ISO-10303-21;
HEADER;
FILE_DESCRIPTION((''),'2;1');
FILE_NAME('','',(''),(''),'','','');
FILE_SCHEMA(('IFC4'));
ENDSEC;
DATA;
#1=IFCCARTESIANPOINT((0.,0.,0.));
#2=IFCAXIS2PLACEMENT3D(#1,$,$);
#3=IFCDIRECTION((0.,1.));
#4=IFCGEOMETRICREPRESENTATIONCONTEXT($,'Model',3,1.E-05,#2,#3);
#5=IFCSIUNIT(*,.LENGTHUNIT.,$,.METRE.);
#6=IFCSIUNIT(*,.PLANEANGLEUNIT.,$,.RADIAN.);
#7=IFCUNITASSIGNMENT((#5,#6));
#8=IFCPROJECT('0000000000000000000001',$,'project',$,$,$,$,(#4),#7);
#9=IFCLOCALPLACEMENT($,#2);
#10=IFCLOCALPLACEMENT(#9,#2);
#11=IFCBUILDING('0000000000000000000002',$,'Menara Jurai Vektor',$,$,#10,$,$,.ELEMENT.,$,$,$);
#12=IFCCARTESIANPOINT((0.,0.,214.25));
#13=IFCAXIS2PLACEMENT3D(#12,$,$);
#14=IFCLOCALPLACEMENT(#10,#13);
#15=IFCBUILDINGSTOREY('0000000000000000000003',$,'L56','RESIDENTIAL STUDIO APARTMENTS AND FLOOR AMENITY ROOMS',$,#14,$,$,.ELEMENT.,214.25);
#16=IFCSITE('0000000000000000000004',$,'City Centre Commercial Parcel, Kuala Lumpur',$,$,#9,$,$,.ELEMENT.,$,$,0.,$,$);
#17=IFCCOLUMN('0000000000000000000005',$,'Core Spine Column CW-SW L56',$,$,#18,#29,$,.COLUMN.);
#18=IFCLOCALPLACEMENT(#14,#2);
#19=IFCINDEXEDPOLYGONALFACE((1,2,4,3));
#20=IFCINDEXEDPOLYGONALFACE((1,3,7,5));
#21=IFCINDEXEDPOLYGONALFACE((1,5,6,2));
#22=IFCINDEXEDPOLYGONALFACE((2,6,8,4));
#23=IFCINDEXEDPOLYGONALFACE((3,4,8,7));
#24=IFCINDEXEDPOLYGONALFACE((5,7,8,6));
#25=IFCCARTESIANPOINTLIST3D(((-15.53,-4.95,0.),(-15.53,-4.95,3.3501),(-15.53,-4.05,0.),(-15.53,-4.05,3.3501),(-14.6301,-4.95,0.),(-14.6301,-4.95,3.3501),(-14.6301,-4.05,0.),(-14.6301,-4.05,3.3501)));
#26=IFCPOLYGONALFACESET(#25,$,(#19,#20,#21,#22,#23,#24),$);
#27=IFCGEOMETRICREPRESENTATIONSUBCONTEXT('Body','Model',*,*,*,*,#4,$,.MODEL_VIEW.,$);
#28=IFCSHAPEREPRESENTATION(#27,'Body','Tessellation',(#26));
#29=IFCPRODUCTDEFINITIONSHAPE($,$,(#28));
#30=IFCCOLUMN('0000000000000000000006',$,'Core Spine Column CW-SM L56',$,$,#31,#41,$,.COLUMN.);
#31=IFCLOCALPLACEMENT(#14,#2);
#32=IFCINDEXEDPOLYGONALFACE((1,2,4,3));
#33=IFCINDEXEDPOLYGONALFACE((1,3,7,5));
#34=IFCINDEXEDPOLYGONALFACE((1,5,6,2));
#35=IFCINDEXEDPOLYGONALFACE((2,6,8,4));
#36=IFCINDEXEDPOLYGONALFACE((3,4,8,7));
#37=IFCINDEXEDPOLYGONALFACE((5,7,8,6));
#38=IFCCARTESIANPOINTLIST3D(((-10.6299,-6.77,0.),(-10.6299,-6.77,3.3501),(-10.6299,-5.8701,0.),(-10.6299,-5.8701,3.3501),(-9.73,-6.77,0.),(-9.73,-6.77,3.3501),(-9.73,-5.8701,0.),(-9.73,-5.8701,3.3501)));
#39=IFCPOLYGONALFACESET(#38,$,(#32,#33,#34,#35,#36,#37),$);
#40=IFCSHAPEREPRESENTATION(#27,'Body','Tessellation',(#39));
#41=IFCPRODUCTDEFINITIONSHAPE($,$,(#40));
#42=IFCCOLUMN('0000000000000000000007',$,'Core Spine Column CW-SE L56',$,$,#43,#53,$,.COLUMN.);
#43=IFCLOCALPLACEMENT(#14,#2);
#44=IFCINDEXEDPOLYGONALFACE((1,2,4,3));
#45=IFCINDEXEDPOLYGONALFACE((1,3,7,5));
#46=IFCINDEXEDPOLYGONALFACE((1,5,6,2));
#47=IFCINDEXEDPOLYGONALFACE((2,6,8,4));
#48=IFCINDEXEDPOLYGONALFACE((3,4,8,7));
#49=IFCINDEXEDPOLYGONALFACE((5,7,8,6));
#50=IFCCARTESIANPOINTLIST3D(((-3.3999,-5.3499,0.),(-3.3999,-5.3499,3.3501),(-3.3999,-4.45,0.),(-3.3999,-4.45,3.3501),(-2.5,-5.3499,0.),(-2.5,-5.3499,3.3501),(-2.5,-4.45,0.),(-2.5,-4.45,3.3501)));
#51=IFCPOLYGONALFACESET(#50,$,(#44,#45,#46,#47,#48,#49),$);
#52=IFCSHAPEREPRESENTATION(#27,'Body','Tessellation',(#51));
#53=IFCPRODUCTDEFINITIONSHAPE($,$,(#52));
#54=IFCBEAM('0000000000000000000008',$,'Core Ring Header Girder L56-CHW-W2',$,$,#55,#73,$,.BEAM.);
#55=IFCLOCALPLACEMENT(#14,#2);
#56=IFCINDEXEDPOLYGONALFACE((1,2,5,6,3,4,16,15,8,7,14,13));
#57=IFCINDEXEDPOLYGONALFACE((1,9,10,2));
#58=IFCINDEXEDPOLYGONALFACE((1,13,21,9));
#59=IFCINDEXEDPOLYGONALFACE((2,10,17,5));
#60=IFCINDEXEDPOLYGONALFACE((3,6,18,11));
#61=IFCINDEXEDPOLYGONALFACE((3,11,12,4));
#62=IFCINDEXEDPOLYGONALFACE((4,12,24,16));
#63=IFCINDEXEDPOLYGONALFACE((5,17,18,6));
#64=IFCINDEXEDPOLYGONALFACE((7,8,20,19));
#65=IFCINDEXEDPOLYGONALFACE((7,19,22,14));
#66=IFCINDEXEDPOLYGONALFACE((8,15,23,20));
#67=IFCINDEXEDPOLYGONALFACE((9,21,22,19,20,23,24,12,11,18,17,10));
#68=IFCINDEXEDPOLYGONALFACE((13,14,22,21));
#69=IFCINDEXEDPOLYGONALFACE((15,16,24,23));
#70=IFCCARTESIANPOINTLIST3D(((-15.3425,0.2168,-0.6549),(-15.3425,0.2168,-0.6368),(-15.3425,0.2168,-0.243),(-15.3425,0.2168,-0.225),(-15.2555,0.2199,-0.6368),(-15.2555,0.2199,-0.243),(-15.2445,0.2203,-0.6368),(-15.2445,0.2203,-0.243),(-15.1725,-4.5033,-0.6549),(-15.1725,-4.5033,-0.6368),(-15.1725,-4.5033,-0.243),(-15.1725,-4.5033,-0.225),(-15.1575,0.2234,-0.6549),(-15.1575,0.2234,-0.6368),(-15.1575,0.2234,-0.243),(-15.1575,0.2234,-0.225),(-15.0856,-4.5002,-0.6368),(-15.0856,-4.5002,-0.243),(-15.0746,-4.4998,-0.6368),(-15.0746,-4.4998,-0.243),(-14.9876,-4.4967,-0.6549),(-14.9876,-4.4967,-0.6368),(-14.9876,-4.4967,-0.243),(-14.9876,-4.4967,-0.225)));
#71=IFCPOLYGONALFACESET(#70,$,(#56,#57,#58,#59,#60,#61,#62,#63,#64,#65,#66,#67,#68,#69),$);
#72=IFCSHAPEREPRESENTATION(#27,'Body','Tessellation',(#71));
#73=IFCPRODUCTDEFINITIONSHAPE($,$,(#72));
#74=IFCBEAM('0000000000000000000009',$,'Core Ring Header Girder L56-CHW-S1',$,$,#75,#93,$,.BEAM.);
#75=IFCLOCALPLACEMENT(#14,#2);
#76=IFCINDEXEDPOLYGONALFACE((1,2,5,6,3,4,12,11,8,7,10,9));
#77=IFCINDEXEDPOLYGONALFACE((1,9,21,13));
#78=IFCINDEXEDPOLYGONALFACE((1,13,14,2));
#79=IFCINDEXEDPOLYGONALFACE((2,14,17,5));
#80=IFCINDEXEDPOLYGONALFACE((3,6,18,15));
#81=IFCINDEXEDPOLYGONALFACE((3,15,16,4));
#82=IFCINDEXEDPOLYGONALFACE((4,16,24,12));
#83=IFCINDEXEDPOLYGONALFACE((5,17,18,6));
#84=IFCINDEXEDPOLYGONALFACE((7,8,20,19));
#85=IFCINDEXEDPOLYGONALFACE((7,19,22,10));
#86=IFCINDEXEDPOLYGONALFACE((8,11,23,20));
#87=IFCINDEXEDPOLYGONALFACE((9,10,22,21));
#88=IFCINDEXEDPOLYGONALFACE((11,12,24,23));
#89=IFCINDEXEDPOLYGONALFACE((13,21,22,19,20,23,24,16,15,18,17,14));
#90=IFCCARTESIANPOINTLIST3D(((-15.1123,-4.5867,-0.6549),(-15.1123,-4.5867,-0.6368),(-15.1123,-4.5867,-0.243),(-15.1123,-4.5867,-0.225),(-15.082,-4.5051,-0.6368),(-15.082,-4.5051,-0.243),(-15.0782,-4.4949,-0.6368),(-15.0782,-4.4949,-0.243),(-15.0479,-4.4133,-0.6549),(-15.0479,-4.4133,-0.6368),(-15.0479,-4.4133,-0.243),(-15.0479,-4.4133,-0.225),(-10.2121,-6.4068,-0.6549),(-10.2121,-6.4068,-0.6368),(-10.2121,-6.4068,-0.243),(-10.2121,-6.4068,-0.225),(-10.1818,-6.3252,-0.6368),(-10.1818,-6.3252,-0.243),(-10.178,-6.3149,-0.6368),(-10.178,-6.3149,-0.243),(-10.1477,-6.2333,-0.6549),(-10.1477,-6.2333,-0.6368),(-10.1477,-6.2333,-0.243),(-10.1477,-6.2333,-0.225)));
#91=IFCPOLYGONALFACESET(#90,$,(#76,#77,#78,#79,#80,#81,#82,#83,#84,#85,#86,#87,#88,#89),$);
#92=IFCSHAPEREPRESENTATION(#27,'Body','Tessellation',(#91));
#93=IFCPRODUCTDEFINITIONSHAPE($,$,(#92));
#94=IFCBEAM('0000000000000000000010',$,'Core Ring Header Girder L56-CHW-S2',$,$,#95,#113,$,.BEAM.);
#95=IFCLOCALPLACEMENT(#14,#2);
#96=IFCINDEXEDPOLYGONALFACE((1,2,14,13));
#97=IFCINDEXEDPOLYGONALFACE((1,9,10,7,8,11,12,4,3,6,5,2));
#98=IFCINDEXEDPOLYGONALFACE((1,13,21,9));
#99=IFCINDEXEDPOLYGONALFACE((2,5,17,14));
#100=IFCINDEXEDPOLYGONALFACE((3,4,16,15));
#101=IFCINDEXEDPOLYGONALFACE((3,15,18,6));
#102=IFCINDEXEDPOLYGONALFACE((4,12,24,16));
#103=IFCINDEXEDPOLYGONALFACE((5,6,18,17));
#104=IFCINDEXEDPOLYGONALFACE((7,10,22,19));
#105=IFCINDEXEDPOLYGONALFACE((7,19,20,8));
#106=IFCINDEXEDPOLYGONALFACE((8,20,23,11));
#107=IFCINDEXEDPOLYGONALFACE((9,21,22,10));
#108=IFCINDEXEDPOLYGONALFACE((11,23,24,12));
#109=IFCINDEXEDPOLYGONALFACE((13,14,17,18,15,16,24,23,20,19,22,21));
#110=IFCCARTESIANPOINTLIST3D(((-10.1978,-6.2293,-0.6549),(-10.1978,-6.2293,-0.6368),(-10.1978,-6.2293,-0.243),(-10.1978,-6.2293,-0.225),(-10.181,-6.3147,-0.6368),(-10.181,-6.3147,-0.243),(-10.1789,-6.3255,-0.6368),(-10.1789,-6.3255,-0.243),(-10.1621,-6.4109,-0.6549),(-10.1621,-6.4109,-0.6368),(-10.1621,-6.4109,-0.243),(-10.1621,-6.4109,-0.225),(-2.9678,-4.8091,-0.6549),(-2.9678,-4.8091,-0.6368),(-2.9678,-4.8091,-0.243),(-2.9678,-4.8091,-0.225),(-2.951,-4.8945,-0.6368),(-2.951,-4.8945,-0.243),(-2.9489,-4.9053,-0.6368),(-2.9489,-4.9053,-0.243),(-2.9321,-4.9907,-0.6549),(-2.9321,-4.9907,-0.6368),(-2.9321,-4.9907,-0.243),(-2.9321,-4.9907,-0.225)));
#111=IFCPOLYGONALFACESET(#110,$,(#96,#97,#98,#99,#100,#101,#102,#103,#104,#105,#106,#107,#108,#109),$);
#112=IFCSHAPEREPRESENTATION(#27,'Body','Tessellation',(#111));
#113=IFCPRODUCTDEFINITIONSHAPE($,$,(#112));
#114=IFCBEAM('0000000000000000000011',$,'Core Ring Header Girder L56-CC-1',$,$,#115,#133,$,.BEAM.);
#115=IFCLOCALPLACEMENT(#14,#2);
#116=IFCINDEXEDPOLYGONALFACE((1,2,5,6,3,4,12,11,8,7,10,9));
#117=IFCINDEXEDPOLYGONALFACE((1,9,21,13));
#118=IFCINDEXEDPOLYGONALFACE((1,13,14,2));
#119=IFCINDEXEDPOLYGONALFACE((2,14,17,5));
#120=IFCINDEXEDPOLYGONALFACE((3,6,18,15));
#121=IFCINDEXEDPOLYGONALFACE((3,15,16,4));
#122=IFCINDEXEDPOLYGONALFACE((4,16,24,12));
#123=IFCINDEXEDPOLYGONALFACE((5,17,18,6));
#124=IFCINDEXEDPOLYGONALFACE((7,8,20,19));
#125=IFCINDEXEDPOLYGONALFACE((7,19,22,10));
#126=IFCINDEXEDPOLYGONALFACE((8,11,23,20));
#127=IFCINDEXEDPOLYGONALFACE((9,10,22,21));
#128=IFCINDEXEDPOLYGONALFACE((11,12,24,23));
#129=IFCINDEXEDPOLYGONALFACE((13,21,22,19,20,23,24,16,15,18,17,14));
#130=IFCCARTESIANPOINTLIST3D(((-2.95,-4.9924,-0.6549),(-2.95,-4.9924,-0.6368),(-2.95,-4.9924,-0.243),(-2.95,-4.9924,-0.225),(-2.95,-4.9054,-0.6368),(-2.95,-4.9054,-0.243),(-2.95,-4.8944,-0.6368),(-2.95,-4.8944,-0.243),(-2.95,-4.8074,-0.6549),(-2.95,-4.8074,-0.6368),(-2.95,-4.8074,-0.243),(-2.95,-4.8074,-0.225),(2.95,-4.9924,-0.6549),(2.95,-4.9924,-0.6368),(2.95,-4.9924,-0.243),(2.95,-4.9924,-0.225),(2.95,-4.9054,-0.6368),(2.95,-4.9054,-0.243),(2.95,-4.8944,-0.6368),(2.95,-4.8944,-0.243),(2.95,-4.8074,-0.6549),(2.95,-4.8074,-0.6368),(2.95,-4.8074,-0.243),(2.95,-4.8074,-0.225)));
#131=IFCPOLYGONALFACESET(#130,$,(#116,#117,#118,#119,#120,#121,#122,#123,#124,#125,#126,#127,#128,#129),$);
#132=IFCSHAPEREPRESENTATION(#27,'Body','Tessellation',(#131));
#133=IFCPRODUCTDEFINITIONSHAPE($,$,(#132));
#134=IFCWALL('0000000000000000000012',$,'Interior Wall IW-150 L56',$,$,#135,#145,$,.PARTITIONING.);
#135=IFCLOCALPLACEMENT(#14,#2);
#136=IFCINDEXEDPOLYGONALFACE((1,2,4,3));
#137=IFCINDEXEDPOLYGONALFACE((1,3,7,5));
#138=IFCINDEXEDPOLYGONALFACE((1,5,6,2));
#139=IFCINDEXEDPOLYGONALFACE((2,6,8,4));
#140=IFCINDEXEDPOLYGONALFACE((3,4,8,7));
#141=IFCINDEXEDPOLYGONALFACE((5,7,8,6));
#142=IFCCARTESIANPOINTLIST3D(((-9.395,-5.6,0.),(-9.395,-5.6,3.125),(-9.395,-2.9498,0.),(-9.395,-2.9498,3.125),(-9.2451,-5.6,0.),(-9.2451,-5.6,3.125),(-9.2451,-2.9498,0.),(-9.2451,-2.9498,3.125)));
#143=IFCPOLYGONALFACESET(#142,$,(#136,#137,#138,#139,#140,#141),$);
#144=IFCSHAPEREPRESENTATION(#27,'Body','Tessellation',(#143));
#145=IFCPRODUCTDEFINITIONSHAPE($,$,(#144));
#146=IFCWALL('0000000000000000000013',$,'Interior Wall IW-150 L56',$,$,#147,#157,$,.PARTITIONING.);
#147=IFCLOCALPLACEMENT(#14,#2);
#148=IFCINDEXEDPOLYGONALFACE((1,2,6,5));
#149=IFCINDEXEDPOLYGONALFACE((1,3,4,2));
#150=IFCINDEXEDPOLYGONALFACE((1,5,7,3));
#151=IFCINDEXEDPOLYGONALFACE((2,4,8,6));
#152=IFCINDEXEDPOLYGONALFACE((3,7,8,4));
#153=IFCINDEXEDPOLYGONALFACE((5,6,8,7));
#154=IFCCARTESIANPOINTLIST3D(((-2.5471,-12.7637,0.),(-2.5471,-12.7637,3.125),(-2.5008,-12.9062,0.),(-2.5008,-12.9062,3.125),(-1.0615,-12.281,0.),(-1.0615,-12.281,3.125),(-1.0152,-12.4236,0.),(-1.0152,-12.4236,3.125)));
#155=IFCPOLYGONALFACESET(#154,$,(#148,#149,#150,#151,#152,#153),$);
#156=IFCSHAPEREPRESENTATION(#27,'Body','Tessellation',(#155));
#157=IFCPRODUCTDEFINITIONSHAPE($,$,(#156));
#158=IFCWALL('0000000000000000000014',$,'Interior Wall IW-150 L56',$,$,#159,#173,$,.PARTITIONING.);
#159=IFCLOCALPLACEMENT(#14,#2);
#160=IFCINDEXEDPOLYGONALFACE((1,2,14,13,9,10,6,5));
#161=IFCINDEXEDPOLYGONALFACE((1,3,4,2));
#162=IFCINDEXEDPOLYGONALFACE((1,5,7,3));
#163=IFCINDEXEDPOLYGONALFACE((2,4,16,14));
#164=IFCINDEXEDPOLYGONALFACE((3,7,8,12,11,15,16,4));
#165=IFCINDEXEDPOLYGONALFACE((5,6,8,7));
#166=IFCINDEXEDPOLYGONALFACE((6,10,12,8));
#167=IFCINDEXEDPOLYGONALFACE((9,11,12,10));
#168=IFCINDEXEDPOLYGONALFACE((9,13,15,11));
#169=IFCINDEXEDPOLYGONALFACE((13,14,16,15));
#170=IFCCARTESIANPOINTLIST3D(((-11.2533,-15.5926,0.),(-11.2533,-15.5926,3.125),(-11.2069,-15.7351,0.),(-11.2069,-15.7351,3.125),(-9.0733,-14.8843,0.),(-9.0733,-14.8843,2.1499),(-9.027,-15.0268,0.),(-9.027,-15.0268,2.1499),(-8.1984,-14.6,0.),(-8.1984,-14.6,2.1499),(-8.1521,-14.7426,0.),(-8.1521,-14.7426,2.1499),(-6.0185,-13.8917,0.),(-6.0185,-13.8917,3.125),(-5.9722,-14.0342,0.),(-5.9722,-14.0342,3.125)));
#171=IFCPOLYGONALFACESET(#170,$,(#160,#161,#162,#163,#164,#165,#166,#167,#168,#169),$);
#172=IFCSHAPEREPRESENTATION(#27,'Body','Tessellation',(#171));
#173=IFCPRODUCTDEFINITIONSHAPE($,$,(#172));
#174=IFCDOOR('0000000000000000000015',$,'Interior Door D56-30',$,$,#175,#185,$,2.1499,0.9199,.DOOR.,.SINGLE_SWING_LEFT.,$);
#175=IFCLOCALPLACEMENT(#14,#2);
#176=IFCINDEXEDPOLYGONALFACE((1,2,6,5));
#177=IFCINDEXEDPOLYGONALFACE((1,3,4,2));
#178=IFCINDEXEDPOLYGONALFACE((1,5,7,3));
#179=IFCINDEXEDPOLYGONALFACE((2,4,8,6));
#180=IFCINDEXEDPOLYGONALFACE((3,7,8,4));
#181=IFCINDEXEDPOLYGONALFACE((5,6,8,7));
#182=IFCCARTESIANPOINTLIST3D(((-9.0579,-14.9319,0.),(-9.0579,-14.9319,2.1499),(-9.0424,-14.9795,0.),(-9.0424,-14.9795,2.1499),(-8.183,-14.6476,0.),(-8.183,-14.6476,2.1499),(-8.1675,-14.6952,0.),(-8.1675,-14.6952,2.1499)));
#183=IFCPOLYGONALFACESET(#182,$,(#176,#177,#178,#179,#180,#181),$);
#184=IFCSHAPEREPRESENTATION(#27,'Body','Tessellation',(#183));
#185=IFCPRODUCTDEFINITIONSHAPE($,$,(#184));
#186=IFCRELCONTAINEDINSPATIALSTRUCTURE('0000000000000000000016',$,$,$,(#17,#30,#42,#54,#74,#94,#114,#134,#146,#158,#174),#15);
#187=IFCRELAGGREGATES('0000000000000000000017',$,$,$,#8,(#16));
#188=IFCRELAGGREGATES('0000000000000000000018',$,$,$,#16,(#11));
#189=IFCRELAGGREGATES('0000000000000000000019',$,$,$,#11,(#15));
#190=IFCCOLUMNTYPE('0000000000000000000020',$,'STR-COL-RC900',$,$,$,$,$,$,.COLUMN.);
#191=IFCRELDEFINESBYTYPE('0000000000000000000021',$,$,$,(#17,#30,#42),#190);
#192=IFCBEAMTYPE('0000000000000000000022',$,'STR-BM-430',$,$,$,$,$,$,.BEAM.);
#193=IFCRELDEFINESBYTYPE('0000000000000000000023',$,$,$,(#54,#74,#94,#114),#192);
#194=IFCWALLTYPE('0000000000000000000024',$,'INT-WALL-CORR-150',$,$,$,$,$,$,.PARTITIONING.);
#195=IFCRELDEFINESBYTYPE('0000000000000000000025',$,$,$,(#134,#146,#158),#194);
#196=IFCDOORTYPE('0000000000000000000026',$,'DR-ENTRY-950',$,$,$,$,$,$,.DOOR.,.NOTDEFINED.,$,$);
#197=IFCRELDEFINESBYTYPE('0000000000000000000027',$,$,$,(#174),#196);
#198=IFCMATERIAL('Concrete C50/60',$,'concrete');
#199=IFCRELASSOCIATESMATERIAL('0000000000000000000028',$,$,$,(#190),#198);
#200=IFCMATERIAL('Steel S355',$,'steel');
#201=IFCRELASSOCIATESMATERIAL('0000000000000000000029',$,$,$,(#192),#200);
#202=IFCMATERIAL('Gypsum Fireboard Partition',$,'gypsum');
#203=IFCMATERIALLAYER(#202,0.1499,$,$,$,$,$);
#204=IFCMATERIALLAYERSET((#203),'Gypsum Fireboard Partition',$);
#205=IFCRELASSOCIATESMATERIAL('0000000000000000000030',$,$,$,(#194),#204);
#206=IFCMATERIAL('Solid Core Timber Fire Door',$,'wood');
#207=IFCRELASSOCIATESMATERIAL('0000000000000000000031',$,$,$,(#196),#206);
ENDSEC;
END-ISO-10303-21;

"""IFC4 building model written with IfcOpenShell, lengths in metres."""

from ifc_helpers import new_model, si_unit, direction, frame, frame_2d, origin, origin_2d, place, context, subcontext, project, spatial, rectangle, i_section, extrude, material, layer, layer_set, material_profile, profile_set, type_object, element, fill, save


model = new_model("IFC4")

# Units and contexts
model_context = context("Model", 3, precision=1e-05, world=origin(), true_north=direction((0.0, 1.0)))
body_context = subcontext(model_context, "Body", "Model", "MODEL_VIEW")
ifc_project = project(units=[si_unit("LENGTHUNIT", "METRE"), si_unit("PLANEANGLEUNIT", "RADIAN")], contexts=[model_context])

# Site, building, storey
site_placement = place(None, origin())
site = spatial("IfcSite", under=ifc_project, at=site_placement, Name="City Centre Commercial Parcel, Kuala Lumpur", CompositionType="ELEMENT", RefElevation=0.0)
building_placement = place(site_placement, origin())
building = spatial("IfcBuilding", under=site, at=building_placement, Name="Menara Jurai Vektor", CompositionType="ELEMENT")
storey_placement = place(building_placement, frame((0.0, 0.0, 214.25)))
storey = spatial("IfcBuildingStorey", under=building, at=storey_placement, Name="L56", Description="RESIDENTIAL STUDIO APARTMENTS AND FLOOR AMENITY ROOMS", CompositionType="ELEMENT", Elevation=214.25)

# Columns
ifc_material_1 = material(Name="Concrete C50/60", Category="concrete")
ifc_material_profile_1 = material_profile(ifc_material_1, rectangle(XDim=0.8999, YDim=0.8999, at=origin_2d()), Name="RC 900x900")
ifc_profile_set_1 = profile_set([ifc_material_profile_1], Name="Concrete C50/60")
column_type = type_object("IfcColumnType", Name="STR-COL-RC900", PredefinedType="COLUMN", material=ifc_profile_set_1)
for number, where, z_axis, x_axis, name in (
    (1, (-15.0801, -4.5, 0.0), (0.0, 0.0, 1.0), (1.0, 0.0, 0.0), "Core Spine Column CW-SW L56"),
    (2, (-10.1799, -6.3201, 0.0), (0.0, 0.0, 1.0), (1.0, 0.0, 0.0), "Core Spine Column CW-SM L56"),
    (3, (-2.95, -4.8999, 0.0), (0.0, 0.0, 1.0), (1.0, 0.0, 0.0), "Core Spine Column CW-SE L56"),
):
    element("IfcColumn", number, at=place(storey_placement, frame(where, z_axis=z_axis, x_axis=x_axis)), inside=storey, type_object=column_type, Name=name, PredefinedType="COLUMN", context=body_context, shape_type="SweptSolid", body=[
        extrude(rectangle(XDim=0.8999, YDim=0.8999, at=origin_2d()), origin(), (0.0, 0.0, 1.0), 3.3501),
    ])

# Beams
ifc_material_2 = material(Name="Steel S355", Category="steel")
ifc_material_profile_2 = material_profile(ifc_material_2, i_section(OverallWidth=0.1851, OverallDepth=0.4299, WebThickness=0.011, FlangeThickness=0.0181, at=origin_2d()), Name="PG 430x185x76")
ifc_profile_set_2 = profile_set([ifc_material_profile_2], Name="Steel S355")
beam_type = type_object("IfcBeamType", Name="STR-BM-430", PredefinedType="BEAM", material=ifc_profile_set_2)
beam_1_placement = place(storey_placement, frame((-15.0801, -4.5, -0.4399), z_axis=(-0.035977, 0.999353, 0.0), x_axis=(-0.999353, -0.035977, 0.0)))
element("IfcBeam", 4, at=beam_1_placement, inside=storey, type_object=beam_type, Name="Core Ring Header Girder L56-CHW-W2", PredefinedType="BEAM", context=body_context, shape_type="SweptSolid", body=[
    extrude(i_section(OverallWidth=0.1851, OverallDepth=0.4299, WebThickness=0.011, FlangeThickness=0.0181, at=origin_2d()), origin(), (0.0, 0.0, 1.0), 4.7231),
])
beam_2_placement = place(storey_placement, frame((-15.0801, -4.5, -0.4399), z_axis=(0.937424, -0.348189, 0.0), x_axis=(0.348189, 0.937424, 0.0)))
element("IfcBeam", 5, at=beam_2_placement, inside=storey, type_object=beam_type, Name="Core Ring Header Girder L56-CHW-S1", PredefinedType="BEAM", context=body_context, shape_type="SweptSolid", body=[
    extrude(i_section(OverallWidth=0.1851, OverallDepth=0.4299, WebThickness=0.011, FlangeThickness=0.0181, at=origin_2d()), origin(), (0.0, 0.0, 1.0), 5.2273),
])
beam_3_placement = place(storey_placement, frame((-10.1799, -6.3201, -0.4399), z_axis=(0.981249, 0.192744, 0.0), x_axis=(-0.192744, 0.981249, 0.0)))
element("IfcBeam", 6, at=beam_3_placement, inside=storey, type_object=beam_type, Name="Core Ring Header Girder L56-CHW-S2", PredefinedType="BEAM", context=body_context, shape_type="SweptSolid", body=[
    extrude(i_section(OverallWidth=0.1851, OverallDepth=0.4299, WebThickness=0.011, FlangeThickness=0.0181, at=origin_2d()), origin(), (0.0, 0.0, 1.0), 7.3682),
])
beam_4_placement = place(storey_placement, frame((-2.95, -4.8999, -0.4399), z_axis=(1.0, 0.0, 0.0), x_axis=(0.0, 1.0, 0.0)))
element("IfcBeam", 7, at=beam_4_placement, inside=storey, type_object=beam_type, Name="Core Ring Header Girder L56-CC-1", PredefinedType="BEAM", context=body_context, shape_type="SweptSolid", body=[
    extrude(i_section(OverallWidth=0.1851, OverallDepth=0.4299, WebThickness=0.011, FlangeThickness=0.0181, at=origin_2d()), origin(), (0.0, 0.0, 1.0), 5.8999),
])

# Wall
ifc_material_3 = material(Name="Gypsum Fireboard Partition", Category="gypsum")
ifc_layer_1 = layer(ifc_material_3, 0.1499)
ifc_layer_set_1 = layer_set([ifc_layer_1], Name="Gypsum Fireboard Partition")
wall_type_1 = type_object("IfcWallType", Name="INT-WALL-CORR-150", PredefinedType="PARTITIONING", material=ifc_layer_set_1)
wall_1_placement = place(storey_placement, frame((-9.3201, -5.6001, 0.0), z_axis=(0.0, 0.0, 1.0), x_axis=(0.0, 1.0, 0.0)))
element("IfcWall", 8, at=wall_1_placement, inside=storey, type_object=wall_type_1, Name="Interior Wall IW-150 L56", PredefinedType="PARTITIONING", context=body_context, shape_type="SweptSolid", body=[
    extrude(rectangle(XDim=2.6501, YDim=0.1499, at=frame_2d((1.3252, 0.0))), origin(), (0.0, 0.0, 1.0), 3.125),
])

# Shared definitions
ifc_material_4 = material(Name="Solid Core Timber Fire Door", Category="wood")
door_type = type_object("IfcDoorType", Name="DR-ENTRY-950", OperationType="NOTDEFINED", PredefinedType="DOOR", material=ifc_material_4)

# Wall
wall_2_placement = place(storey_placement, frame((-2.5239, -12.835, 0.0), z_axis=(0.0, 0.0, 1.0), x_axis=(0.951063, 0.308998, 0.0)))
element("IfcWall", 9, at=wall_2_placement, inside=storey, type_object=wall_type_1, Name="Interior Wall IW-150 L56", PredefinedType="PARTITIONING", context=body_context, shape_type="SweptSolid", body=[
    extrude(rectangle(XDim=1.562, YDim=0.1499, at=frame_2d((0.781, 0.0))), origin(), (0.0, 0.0, 1.0), 3.125),
])

# Wall, opening, door
wall_3_placement = place(storey_placement, frame((-11.23, -15.6638, 0.0), z_axis=(0.0, 0.0, 1.0), x_axis=(0.951056, 0.30902, 0.0)))
wall_3 = element("IfcWall", 10, at=wall_3_placement, inside=storey, type_object=wall_type_1, Name="Interior Wall IW-150 L56", PredefinedType="PARTITIONING", context=body_context, shape_type="SweptSolid", body=[
    extrude(rectangle(XDim=5.5042, YDim=0.1499, at=frame_2d((2.752, 0.0))), origin(), (0.0, 0.0, 1.0), 3.125),
])
opening_1_placement = place(wall_3_placement, frame((2.292, 0.0, 0.0)))
opening_1 = element("IfcOpeningElement", 11, at=opening_1_placement, cuts=wall_3, PredefinedType="OPENING", context=body_context, shape_type="SweptSolid", body=[
    extrude(rectangle(XDim=0.9199, YDim=2.1499, at=frame_2d((0.46, 1.075))), frame((0.0, 0.085, 0.0), z_axis=(0.0, -1.0, 0.0), x_axis=(1.0, 0.0, 0.0)), (0.0, 0.0, 1.0), 0.1699),
])
door_1_placement = place(opening_1_placement, origin())
door_1 = element("IfcDoor", 12, at=door_1_placement, inside=storey, type_object=door_type, Name="Interior Door D56-30", OperationType="SINGLE_SWING_LEFT", OverallHeight=2.1499, OverallWidth=0.9199, PredefinedType="DOOR", context=body_context, shape_type="SweptSolid", body=[
    extrude(rectangle(XDim=0.9199, YDim=2.1499, at=frame_2d((0.46, 1.075))), frame((0.0, 0.0249, 0.0), z_axis=(0.0, -1.0, 0.0), x_axis=(1.0, 0.0, 0.0)), (0.0, 0.0, 1.0), 0.05),
])
fill(opening_1, door_1)

save(model, "model.ifc")
